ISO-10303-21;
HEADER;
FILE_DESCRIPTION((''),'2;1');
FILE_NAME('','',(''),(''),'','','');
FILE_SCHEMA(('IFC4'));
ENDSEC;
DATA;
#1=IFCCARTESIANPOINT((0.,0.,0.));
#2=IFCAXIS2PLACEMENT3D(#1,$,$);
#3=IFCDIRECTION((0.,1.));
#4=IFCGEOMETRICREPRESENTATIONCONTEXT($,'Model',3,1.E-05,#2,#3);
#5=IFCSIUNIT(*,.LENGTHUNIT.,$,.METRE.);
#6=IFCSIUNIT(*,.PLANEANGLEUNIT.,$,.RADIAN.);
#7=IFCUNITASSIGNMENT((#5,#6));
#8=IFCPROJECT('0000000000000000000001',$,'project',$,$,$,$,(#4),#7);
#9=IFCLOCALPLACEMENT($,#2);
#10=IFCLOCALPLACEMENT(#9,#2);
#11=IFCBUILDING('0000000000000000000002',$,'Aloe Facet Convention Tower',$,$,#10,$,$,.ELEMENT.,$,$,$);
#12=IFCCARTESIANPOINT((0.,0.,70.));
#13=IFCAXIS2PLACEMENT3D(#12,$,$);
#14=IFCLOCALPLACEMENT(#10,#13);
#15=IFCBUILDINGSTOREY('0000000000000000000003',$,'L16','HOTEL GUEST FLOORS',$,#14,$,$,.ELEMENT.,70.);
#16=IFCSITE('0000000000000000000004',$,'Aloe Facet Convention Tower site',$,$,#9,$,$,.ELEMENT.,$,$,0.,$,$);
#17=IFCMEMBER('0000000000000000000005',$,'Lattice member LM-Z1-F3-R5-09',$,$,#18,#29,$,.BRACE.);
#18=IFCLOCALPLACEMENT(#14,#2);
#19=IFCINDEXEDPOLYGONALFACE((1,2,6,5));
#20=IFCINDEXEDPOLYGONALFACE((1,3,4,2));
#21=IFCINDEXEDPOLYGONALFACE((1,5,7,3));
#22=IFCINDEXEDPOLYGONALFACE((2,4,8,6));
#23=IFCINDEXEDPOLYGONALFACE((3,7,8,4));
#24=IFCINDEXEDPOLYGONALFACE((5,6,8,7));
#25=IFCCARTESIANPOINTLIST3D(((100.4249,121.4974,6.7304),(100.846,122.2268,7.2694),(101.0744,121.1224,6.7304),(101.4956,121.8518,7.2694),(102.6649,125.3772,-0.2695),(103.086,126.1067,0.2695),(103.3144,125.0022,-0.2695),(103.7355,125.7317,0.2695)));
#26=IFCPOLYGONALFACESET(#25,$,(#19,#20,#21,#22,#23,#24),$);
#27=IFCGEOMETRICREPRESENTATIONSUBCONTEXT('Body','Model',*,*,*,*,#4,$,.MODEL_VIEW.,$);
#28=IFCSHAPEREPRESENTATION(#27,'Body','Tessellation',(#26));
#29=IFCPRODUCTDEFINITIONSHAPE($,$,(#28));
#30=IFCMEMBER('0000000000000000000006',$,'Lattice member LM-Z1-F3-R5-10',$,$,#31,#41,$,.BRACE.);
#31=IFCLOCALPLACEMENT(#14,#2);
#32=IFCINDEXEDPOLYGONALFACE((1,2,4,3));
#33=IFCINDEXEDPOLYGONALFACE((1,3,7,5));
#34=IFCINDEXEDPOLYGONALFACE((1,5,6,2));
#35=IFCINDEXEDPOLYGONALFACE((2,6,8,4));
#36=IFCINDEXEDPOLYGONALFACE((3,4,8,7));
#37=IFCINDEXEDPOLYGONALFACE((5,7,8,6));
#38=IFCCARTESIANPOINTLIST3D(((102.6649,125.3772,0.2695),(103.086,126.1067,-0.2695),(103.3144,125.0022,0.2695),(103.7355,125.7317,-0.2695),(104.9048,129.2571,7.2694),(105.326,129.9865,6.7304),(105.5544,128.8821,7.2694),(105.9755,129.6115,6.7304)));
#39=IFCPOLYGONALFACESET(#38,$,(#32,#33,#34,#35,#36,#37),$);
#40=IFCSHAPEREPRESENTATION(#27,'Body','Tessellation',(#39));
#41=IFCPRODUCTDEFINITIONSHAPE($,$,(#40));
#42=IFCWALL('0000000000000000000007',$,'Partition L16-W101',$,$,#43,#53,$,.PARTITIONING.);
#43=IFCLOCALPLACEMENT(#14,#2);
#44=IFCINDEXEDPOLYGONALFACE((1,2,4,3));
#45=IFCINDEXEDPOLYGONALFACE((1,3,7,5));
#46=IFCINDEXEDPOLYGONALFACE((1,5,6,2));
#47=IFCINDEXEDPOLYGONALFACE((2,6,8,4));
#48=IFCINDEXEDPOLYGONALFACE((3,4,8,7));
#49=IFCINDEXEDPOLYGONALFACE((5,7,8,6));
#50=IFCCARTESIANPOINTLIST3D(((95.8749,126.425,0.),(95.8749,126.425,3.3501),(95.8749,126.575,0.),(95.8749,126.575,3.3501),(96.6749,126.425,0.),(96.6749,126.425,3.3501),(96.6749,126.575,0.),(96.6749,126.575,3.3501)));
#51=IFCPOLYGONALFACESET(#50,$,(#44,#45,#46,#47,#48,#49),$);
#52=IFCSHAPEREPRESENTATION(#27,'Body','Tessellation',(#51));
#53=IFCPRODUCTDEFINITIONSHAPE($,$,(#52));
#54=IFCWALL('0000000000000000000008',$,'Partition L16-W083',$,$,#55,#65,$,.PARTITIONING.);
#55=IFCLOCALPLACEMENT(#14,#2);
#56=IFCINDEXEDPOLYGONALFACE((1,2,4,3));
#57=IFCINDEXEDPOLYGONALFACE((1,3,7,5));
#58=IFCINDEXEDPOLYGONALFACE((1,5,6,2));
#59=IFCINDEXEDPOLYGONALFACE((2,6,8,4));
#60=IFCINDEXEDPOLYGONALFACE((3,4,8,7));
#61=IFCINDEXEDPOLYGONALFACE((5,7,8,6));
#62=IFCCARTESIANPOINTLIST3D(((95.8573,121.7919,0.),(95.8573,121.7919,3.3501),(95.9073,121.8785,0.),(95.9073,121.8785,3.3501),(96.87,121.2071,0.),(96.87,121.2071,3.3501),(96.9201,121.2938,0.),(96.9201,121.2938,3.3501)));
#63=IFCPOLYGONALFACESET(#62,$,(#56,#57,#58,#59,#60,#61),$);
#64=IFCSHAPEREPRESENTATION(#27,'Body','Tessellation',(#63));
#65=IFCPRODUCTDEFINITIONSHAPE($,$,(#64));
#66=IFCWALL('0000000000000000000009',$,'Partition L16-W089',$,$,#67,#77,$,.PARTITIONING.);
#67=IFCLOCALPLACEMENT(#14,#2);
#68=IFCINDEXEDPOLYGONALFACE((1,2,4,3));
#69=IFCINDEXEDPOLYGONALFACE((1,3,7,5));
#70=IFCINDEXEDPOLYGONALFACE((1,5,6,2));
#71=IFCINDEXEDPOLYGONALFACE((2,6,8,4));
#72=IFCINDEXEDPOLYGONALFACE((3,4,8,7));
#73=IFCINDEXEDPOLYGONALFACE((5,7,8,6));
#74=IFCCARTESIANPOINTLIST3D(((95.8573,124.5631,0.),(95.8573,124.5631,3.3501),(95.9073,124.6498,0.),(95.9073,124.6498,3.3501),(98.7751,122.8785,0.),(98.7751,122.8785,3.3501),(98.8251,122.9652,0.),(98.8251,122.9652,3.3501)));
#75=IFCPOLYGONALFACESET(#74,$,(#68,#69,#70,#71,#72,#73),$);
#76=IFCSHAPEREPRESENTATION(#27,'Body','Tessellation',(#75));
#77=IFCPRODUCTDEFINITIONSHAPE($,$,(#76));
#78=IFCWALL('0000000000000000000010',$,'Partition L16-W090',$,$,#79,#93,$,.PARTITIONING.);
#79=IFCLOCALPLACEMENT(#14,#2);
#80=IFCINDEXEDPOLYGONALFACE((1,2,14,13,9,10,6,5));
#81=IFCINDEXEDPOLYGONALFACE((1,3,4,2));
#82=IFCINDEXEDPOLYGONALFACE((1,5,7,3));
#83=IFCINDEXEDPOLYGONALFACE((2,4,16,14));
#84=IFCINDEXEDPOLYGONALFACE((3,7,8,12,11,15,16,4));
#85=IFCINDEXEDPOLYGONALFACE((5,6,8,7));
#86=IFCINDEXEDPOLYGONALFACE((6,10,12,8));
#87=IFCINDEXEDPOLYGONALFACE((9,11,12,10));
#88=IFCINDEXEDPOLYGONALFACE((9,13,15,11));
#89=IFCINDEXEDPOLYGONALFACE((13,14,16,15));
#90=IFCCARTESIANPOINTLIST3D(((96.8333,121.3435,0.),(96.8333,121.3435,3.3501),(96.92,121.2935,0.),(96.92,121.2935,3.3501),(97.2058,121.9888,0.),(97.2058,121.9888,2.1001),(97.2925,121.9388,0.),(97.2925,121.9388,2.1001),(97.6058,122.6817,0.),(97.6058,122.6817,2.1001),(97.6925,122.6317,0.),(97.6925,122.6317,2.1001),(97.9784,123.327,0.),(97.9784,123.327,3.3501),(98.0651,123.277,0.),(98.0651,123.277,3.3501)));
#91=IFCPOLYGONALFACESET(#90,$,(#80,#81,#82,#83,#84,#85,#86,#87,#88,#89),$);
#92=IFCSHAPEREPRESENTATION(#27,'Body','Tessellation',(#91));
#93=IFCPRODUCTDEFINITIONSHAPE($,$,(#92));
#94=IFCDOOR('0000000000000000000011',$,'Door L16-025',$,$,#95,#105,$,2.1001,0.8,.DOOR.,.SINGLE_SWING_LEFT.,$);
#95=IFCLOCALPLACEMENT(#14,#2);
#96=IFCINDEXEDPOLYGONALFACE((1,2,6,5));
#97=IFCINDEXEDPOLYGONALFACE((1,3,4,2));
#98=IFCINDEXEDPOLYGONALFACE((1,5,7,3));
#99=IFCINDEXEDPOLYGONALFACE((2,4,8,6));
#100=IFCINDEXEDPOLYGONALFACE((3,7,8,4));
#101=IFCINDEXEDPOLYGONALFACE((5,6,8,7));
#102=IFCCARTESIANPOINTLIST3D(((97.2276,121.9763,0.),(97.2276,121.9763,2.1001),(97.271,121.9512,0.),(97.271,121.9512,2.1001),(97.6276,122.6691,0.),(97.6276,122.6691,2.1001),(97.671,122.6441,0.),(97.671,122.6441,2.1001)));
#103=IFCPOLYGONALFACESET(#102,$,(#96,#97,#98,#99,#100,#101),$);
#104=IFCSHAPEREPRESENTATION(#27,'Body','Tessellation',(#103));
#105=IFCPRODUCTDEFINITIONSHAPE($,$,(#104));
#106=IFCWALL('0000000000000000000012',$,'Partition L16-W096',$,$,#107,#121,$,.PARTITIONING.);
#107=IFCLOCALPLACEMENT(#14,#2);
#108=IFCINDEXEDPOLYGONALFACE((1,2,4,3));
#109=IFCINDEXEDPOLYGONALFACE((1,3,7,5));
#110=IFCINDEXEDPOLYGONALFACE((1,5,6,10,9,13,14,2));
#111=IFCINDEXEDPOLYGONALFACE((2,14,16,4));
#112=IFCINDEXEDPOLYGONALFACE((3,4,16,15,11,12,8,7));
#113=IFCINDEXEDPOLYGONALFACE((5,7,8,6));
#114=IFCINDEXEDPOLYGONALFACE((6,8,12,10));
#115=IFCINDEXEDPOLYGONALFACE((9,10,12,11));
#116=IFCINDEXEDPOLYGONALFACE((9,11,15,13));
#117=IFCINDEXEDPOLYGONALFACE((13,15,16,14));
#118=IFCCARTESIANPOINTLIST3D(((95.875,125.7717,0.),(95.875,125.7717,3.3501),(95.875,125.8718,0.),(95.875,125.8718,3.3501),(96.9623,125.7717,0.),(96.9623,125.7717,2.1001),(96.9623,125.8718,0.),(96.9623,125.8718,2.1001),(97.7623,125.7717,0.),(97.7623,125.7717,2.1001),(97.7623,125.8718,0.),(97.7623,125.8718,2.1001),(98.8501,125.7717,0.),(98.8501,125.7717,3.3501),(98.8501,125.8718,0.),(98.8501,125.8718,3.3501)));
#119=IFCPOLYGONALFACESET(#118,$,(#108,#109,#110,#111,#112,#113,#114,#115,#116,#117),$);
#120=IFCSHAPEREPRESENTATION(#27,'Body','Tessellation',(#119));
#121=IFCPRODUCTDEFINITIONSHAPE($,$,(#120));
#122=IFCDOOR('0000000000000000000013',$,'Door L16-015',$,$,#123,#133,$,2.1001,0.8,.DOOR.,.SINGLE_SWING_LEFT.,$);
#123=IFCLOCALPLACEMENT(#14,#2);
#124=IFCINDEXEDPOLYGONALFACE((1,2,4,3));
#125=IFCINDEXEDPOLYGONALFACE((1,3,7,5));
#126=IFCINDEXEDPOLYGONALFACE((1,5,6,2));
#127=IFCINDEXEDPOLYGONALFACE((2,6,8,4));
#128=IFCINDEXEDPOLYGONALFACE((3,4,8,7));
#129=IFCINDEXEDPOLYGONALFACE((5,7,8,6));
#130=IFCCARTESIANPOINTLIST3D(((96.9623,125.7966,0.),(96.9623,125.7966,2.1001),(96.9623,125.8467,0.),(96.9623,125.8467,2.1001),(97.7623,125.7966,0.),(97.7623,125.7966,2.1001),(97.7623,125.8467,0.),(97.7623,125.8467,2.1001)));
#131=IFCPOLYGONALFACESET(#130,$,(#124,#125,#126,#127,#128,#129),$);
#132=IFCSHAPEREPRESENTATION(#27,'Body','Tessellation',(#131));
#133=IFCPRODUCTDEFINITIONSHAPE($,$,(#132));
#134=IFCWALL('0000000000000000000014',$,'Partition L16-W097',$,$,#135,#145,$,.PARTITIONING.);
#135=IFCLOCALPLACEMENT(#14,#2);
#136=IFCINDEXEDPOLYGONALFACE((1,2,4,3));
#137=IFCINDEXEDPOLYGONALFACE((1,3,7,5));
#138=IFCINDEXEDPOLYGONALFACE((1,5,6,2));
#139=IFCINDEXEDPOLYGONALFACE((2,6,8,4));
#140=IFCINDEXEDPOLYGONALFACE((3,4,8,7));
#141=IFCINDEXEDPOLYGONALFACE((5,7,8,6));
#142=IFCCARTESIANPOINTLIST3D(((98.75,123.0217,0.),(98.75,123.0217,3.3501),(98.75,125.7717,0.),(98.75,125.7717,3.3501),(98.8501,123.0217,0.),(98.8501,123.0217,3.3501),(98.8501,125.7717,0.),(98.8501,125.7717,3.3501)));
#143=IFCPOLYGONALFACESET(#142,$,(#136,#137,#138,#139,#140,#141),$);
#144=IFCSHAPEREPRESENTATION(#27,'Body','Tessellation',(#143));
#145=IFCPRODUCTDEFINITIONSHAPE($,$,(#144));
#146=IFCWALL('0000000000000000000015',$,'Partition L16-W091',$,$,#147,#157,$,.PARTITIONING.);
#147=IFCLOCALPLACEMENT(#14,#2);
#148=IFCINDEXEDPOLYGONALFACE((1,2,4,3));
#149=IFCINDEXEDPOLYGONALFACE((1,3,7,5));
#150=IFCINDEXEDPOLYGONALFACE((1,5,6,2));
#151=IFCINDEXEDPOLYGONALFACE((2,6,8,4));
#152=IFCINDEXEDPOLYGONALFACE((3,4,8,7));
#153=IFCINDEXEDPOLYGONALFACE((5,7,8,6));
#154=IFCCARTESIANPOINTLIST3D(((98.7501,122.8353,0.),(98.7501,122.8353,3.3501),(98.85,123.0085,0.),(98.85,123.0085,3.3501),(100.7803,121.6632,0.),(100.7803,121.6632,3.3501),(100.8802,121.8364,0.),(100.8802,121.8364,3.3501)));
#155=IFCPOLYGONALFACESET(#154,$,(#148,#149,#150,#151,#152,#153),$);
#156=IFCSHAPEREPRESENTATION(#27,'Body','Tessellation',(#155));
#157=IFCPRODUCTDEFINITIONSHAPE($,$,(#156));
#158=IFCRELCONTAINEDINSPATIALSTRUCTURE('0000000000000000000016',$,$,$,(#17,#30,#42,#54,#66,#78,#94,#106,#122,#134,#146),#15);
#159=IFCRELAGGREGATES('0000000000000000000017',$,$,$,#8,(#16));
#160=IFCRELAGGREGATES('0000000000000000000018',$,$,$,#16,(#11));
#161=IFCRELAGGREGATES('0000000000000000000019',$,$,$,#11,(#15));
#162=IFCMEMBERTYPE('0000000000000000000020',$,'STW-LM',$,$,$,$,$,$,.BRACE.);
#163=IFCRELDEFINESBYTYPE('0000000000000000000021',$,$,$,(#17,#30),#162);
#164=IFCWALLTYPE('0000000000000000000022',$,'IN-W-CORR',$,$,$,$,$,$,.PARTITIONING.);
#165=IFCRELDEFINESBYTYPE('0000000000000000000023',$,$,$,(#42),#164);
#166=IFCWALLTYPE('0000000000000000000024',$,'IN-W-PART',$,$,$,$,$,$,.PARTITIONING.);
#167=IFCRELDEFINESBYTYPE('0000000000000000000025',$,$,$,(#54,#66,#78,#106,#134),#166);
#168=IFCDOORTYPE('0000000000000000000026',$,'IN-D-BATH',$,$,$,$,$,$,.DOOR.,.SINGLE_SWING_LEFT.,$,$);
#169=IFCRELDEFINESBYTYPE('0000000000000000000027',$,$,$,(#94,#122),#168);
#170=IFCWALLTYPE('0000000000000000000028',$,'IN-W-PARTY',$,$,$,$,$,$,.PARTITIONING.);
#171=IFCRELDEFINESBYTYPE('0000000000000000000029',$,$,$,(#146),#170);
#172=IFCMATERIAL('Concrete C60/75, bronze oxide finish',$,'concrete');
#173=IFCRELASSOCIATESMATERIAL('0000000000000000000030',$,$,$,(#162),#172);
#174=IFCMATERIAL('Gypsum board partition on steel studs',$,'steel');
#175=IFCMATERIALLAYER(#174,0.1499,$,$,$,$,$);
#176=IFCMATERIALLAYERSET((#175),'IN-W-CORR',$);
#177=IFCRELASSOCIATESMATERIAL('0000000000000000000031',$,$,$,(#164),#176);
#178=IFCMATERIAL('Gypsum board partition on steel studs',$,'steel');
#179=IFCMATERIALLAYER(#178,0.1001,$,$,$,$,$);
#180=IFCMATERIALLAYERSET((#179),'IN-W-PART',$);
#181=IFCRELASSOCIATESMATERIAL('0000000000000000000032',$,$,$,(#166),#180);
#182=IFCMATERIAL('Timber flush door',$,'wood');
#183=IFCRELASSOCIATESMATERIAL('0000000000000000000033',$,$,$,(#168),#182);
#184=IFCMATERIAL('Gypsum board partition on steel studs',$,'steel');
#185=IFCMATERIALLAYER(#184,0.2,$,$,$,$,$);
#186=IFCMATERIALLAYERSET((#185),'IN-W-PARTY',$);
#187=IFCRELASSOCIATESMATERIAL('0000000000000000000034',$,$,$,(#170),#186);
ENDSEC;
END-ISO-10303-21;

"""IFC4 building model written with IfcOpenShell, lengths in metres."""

from ifc_helpers import new_model, si_unit, direction, frame, frame_2d, origin, origin_2d, place, context, subcontext, project, spatial, rectangle, extrude, material, layer, layer_set, material_profile, profile_set, type_object, element, fill, save


model = new_model("IFC4")

# Units and contexts
model_context = context("Model", 3, precision=1e-05, world=origin(), true_north=direction((0.0, 1.0)))
body_context = subcontext(model_context, "Body", "Model", "MODEL_VIEW")
ifc_project = project(units=[si_unit("LENGTHUNIT", "METRE"), si_unit("PLANEANGLEUNIT", "RADIAN")], contexts=[model_context])

# Site, building, storey
site_placement = place(None, origin())
site = spatial("IfcSite", under=ifc_project, at=site_placement, Name="Aloe Facet Convention Tower site", CompositionType="ELEMENT", RefElevation=0.0)
building_placement = place(site_placement, origin())
building = spatial("IfcBuilding", under=site, at=building_placement, Name="Aloe Facet Convention Tower", CompositionType="ELEMENT")
storey_placement = place(building_placement, frame((0.0, 0.0, 70.0)))
storey = spatial("IfcBuildingStorey", under=building, at=storey_placement, Name="L16", Description="HOTEL GUEST FLOORS", CompositionType="ELEMENT", Elevation=70.0)

# Members
ifc_material_1 = material(Name="Concrete C60/75, bronze oxide finish", Category="concrete")
ifc_material_profile = material_profile(ifc_material_1, rectangle(XDim=0.75, YDim=1.0, at=origin_2d()), Name="STW-LM")
ifc_profile_set = profile_set([ifc_material_profile], Name="Concrete C60/75, bronze oxide finish")
member_type = type_object("IfcMemberType", Name="STW-LM", PredefinedType="BRACE", material=ifc_profile_set)
for number, where, z_axis, x_axis, name in (
    (1, (103.2002, 125.5544, 0.0), (-0.269524, -0.466843, 0.842267), (0.866031, -0.49999, 0.0), "Lattice member LM-Z1-F3-R5-09"),
    (2, (103.2002, 125.5544, 0.0), (0.269524, 0.466843, 0.842267), (-0.866031, 0.49999, 0.0), "Lattice member LM-Z1-F3-R5-10"),
):
    element("IfcMember", number, at=place(storey_placement, frame(where, z_axis=z_axis, x_axis=x_axis)), inside=storey, type_object=member_type, Name=name, PredefinedType="BRACE", context=body_context, shape_type="SweptSolid", body=[
        extrude(rectangle(XDim=0.75, YDim=1.0, at=origin_2d()), origin(), (0.0, 0.0, 1.0), 8.3108),
    ])

# Walls
ifc_material_2 = material(Name="Gypsum board partition on steel studs", Category="steel")
ifc_layer_1 = layer(ifc_material_2, 0.1499)
ifc_layer_set_1 = layer_set([ifc_layer_1], Name="IN-W-CORR")
wall_type_1 = type_object("IfcWallType", Name="IN-W-CORR", PredefinedType="PARTITIONING", material=ifc_layer_set_1)
wall_1_placement = place(storey_placement, frame((95.875, 126.5, 0.0), z_axis=(0.0, 0.0, 1.0), x_axis=(1.0, 0.0, 0.0)))
element("IfcWall", 3, at=wall_1_placement, inside=storey, type_object=wall_type_1, Name="Partition L16-W101", PredefinedType="PARTITIONING", context=body_context, shape_type="SweptSolid", body=[
    extrude(rectangle(XDim=0.8, YDim=0.1499, at=frame_2d((0.3999, 0.0))), origin(), (0.0, 0.0, 1.0), 3.3501),
])
ifc_material_3 = material(Name="Gypsum board partition on steel studs", Category="steel")
ifc_layer_2 = layer(ifc_material_3, 0.1001)
ifc_layer_set_2 = layer_set([ifc_layer_2], Name="IN-W-PART")
wall_type_2 = type_object("IfcWallType", Name="IN-W-PART", PredefinedType="PARTITIONING", material=ifc_layer_set_2)
wall_2_placement = place(storey_placement, frame((95.8823, 121.8352, 0.0), z_axis=(0.0, 0.0, 1.0), x_axis=(0.866012, -0.500024, 0.0)))
element("IfcWall", 4, at=wall_2_placement, inside=storey, type_object=wall_type_2, Name="Partition L16-W083", PredefinedType="PARTITIONING", context=body_context, shape_type="SweptSolid", body=[
    extrude(rectangle(XDim=1.1694, YDim=0.1001, at=frame_2d((0.5847, 0.0))), origin(), (0.0, 0.0, 1.0), 3.3501),
])
wall_3_placement = place(storey_placement, frame((95.8823, 124.6064, 0.0), z_axis=(0.0, 0.0, 1.0), x_axis=(0.866023, -0.500005, 0.0)))
element("IfcWall", 5, at=wall_3_placement, inside=storey, type_object=wall_type_2, Name="Partition L16-W089", PredefinedType="PARTITIONING", context=body_context, shape_type="SweptSolid", body=[
    extrude(rectangle(XDim=3.3691, YDim=0.1001, at=frame_2d((1.6846, 0.0))), origin(), (0.0, 0.0, 1.0), 3.3501),
])

# Walls, openings, doors
wall_4_placement = place(storey_placement, frame((96.8767, 121.3186, 0.0), z_axis=(0.0, 0.0, 1.0), x_axis=(0.499969, 0.866044, 0.0)))
wall_4 = element("IfcWall", 6, at=wall_4_placement, inside=storey, type_object=wall_type_2, Name="Partition L16-W090", PredefinedType="PARTITIONING", context=body_context, shape_type="SweptSolid", body=[
    extrude(rectangle(XDim=2.2903, YDim=0.1001, at=frame_2d((1.145, 0.0))), origin(), (0.0, 0.0, 1.0), 3.3501),
])
opening_1_placement = place(wall_4_placement, frame((0.7451, 0.0, 0.0)))
opening_1 = element("IfcOpeningElement", 7, at=opening_1_placement, cuts=wall_4, PredefinedType="OPENING", context=body_context, shape_type="SweptSolid", body=[
    extrude(rectangle(XDim=0.8, YDim=2.1001, at=frame_2d((0.3999, 1.05))), frame((0.0, 0.0601, 0.0), z_axis=(0.0, -1.0, 0.0), x_axis=(1.0, 0.0, 0.0)), (0.0, 0.0, 1.0), 0.1201),
])
ifc_material_4 = material(Name="Timber flush door", Category="wood")
door_type = type_object("IfcDoorType", Name="IN-D-BATH", OperationType="SINGLE_SWING_LEFT", PredefinedType="DOOR", material=ifc_material_4)
door_1_placement = place(opening_1_placement, origin())
door_1 = element("IfcDoor", 8, at=door_1_placement, inside=storey, type_object=door_type, Name="Door L16-025", OperationType="SINGLE_SWING_LEFT", OverallHeight=2.1001, OverallWidth=0.8, PredefinedType="DOOR", context=body_context, shape_type="SweptSolid", body=[
    extrude(rectangle(XDim=0.8, YDim=2.1001, at=frame_2d((0.3999, 1.05))), frame((0.0, 0.0249, 0.0), z_axis=(0.0, -1.0, 0.0), x_axis=(1.0, 0.0, 0.0)), (0.0, 0.0, 1.0), 0.05),
])
fill(opening_1, door_1)
wall_5_placement = place(storey_placement, frame((95.875, 125.8218, 0.0), z_axis=(0.0, 0.0, 1.0), x_axis=(1.0, 0.0, 0.0)))
wall_5 = element("IfcWall", 9, at=wall_5_placement, inside=storey, type_object=wall_type_2, Name="Partition L16-W096", PredefinedType="PARTITIONING", context=body_context, shape_type="SweptSolid", body=[
    extrude(rectangle(XDim=2.9751, YDim=0.1001, at=frame_2d((1.4875, 0.0))), origin(), (0.0, 0.0, 1.0), 3.3501),
])
opening_2_placement = place(wall_5_placement, frame((1.0874, 0.0, 0.0)))
opening_2 = element("IfcOpeningElement", 10, at=opening_2_placement, cuts=wall_5, PredefinedType="OPENING", context=body_context, shape_type="SweptSolid", body=[
    extrude(rectangle(XDim=0.8, YDim=2.1001, at=frame_2d((0.3999, 1.05))), frame((0.0, 0.0601, 0.0), z_axis=(0.0, -1.0, 0.0), x_axis=(1.0, 0.0, 0.0)), (0.0, 0.0, 1.0), 0.1201),
])
door_2_placement = place(opening_2_placement, origin())
door_2 = element("IfcDoor", 11, at=door_2_placement, inside=storey, type_object=door_type, Name="Door L16-015", OperationType="SINGLE_SWING_LEFT", OverallHeight=2.1001, OverallWidth=0.8, PredefinedType="DOOR", context=body_context, shape_type="SweptSolid", body=[
    extrude(rectangle(XDim=0.8, YDim=2.1001, at=frame_2d((0.3999, 1.05))), frame((0.0, 0.0249, 0.0), z_axis=(0.0, -1.0, 0.0), x_axis=(1.0, 0.0, 0.0)), (0.0, 0.0, 1.0), 0.05),
])
fill(opening_2, door_2)

# Walls
wall_6_placement = place(storey_placement, frame((98.8, 123.0217, 0.0), z_axis=(0.0, 0.0, 1.0), x_axis=(0.0, 1.0, 0.0)))
element("IfcWall", 12, at=wall_6_placement, inside=storey, type_object=wall_type_2, Name="Partition L16-W097", PredefinedType="PARTITIONING", context=body_context, shape_type="SweptSolid", body=[
    extrude(rectangle(XDim=2.75, YDim=0.1001, at=frame_2d((1.375, 0.0))), origin(), (0.0, 0.0, 1.0), 3.3501),
])
ifc_material_5 = material(Name="Gypsum board partition on steel studs", Category="steel")
ifc_layer_3 = layer(ifc_material_5, 0.2)
ifc_layer_set_3 = layer_set([ifc_layer_3], Name="IN-W-PARTY")
wall_type_3 = type_object("IfcWallType", Name="IN-W-PARTY", PredefinedType="PARTITIONING", material=ifc_layer_set_3)
wall_7_placement = place(storey_placement, frame((98.8, 122.9219, 0.0), z_axis=(0.0, 0.0, 1.0), x_axis=(0.866036, -0.499981, 0.0)))
element("IfcWall", 13, at=wall_7_placement, inside=storey, type_object=wall_type_3, Name="Partition L16-W091", PredefinedType="PARTITIONING", context=body_context, shape_type="SweptSolid", body=[
    extrude(rectangle(XDim=2.3442, YDim=0.2, at=frame_2d((1.1721, 0.0))), origin(), (0.0, 0.0, 1.0), 3.3501),
])

save(model, "model.ifc")
